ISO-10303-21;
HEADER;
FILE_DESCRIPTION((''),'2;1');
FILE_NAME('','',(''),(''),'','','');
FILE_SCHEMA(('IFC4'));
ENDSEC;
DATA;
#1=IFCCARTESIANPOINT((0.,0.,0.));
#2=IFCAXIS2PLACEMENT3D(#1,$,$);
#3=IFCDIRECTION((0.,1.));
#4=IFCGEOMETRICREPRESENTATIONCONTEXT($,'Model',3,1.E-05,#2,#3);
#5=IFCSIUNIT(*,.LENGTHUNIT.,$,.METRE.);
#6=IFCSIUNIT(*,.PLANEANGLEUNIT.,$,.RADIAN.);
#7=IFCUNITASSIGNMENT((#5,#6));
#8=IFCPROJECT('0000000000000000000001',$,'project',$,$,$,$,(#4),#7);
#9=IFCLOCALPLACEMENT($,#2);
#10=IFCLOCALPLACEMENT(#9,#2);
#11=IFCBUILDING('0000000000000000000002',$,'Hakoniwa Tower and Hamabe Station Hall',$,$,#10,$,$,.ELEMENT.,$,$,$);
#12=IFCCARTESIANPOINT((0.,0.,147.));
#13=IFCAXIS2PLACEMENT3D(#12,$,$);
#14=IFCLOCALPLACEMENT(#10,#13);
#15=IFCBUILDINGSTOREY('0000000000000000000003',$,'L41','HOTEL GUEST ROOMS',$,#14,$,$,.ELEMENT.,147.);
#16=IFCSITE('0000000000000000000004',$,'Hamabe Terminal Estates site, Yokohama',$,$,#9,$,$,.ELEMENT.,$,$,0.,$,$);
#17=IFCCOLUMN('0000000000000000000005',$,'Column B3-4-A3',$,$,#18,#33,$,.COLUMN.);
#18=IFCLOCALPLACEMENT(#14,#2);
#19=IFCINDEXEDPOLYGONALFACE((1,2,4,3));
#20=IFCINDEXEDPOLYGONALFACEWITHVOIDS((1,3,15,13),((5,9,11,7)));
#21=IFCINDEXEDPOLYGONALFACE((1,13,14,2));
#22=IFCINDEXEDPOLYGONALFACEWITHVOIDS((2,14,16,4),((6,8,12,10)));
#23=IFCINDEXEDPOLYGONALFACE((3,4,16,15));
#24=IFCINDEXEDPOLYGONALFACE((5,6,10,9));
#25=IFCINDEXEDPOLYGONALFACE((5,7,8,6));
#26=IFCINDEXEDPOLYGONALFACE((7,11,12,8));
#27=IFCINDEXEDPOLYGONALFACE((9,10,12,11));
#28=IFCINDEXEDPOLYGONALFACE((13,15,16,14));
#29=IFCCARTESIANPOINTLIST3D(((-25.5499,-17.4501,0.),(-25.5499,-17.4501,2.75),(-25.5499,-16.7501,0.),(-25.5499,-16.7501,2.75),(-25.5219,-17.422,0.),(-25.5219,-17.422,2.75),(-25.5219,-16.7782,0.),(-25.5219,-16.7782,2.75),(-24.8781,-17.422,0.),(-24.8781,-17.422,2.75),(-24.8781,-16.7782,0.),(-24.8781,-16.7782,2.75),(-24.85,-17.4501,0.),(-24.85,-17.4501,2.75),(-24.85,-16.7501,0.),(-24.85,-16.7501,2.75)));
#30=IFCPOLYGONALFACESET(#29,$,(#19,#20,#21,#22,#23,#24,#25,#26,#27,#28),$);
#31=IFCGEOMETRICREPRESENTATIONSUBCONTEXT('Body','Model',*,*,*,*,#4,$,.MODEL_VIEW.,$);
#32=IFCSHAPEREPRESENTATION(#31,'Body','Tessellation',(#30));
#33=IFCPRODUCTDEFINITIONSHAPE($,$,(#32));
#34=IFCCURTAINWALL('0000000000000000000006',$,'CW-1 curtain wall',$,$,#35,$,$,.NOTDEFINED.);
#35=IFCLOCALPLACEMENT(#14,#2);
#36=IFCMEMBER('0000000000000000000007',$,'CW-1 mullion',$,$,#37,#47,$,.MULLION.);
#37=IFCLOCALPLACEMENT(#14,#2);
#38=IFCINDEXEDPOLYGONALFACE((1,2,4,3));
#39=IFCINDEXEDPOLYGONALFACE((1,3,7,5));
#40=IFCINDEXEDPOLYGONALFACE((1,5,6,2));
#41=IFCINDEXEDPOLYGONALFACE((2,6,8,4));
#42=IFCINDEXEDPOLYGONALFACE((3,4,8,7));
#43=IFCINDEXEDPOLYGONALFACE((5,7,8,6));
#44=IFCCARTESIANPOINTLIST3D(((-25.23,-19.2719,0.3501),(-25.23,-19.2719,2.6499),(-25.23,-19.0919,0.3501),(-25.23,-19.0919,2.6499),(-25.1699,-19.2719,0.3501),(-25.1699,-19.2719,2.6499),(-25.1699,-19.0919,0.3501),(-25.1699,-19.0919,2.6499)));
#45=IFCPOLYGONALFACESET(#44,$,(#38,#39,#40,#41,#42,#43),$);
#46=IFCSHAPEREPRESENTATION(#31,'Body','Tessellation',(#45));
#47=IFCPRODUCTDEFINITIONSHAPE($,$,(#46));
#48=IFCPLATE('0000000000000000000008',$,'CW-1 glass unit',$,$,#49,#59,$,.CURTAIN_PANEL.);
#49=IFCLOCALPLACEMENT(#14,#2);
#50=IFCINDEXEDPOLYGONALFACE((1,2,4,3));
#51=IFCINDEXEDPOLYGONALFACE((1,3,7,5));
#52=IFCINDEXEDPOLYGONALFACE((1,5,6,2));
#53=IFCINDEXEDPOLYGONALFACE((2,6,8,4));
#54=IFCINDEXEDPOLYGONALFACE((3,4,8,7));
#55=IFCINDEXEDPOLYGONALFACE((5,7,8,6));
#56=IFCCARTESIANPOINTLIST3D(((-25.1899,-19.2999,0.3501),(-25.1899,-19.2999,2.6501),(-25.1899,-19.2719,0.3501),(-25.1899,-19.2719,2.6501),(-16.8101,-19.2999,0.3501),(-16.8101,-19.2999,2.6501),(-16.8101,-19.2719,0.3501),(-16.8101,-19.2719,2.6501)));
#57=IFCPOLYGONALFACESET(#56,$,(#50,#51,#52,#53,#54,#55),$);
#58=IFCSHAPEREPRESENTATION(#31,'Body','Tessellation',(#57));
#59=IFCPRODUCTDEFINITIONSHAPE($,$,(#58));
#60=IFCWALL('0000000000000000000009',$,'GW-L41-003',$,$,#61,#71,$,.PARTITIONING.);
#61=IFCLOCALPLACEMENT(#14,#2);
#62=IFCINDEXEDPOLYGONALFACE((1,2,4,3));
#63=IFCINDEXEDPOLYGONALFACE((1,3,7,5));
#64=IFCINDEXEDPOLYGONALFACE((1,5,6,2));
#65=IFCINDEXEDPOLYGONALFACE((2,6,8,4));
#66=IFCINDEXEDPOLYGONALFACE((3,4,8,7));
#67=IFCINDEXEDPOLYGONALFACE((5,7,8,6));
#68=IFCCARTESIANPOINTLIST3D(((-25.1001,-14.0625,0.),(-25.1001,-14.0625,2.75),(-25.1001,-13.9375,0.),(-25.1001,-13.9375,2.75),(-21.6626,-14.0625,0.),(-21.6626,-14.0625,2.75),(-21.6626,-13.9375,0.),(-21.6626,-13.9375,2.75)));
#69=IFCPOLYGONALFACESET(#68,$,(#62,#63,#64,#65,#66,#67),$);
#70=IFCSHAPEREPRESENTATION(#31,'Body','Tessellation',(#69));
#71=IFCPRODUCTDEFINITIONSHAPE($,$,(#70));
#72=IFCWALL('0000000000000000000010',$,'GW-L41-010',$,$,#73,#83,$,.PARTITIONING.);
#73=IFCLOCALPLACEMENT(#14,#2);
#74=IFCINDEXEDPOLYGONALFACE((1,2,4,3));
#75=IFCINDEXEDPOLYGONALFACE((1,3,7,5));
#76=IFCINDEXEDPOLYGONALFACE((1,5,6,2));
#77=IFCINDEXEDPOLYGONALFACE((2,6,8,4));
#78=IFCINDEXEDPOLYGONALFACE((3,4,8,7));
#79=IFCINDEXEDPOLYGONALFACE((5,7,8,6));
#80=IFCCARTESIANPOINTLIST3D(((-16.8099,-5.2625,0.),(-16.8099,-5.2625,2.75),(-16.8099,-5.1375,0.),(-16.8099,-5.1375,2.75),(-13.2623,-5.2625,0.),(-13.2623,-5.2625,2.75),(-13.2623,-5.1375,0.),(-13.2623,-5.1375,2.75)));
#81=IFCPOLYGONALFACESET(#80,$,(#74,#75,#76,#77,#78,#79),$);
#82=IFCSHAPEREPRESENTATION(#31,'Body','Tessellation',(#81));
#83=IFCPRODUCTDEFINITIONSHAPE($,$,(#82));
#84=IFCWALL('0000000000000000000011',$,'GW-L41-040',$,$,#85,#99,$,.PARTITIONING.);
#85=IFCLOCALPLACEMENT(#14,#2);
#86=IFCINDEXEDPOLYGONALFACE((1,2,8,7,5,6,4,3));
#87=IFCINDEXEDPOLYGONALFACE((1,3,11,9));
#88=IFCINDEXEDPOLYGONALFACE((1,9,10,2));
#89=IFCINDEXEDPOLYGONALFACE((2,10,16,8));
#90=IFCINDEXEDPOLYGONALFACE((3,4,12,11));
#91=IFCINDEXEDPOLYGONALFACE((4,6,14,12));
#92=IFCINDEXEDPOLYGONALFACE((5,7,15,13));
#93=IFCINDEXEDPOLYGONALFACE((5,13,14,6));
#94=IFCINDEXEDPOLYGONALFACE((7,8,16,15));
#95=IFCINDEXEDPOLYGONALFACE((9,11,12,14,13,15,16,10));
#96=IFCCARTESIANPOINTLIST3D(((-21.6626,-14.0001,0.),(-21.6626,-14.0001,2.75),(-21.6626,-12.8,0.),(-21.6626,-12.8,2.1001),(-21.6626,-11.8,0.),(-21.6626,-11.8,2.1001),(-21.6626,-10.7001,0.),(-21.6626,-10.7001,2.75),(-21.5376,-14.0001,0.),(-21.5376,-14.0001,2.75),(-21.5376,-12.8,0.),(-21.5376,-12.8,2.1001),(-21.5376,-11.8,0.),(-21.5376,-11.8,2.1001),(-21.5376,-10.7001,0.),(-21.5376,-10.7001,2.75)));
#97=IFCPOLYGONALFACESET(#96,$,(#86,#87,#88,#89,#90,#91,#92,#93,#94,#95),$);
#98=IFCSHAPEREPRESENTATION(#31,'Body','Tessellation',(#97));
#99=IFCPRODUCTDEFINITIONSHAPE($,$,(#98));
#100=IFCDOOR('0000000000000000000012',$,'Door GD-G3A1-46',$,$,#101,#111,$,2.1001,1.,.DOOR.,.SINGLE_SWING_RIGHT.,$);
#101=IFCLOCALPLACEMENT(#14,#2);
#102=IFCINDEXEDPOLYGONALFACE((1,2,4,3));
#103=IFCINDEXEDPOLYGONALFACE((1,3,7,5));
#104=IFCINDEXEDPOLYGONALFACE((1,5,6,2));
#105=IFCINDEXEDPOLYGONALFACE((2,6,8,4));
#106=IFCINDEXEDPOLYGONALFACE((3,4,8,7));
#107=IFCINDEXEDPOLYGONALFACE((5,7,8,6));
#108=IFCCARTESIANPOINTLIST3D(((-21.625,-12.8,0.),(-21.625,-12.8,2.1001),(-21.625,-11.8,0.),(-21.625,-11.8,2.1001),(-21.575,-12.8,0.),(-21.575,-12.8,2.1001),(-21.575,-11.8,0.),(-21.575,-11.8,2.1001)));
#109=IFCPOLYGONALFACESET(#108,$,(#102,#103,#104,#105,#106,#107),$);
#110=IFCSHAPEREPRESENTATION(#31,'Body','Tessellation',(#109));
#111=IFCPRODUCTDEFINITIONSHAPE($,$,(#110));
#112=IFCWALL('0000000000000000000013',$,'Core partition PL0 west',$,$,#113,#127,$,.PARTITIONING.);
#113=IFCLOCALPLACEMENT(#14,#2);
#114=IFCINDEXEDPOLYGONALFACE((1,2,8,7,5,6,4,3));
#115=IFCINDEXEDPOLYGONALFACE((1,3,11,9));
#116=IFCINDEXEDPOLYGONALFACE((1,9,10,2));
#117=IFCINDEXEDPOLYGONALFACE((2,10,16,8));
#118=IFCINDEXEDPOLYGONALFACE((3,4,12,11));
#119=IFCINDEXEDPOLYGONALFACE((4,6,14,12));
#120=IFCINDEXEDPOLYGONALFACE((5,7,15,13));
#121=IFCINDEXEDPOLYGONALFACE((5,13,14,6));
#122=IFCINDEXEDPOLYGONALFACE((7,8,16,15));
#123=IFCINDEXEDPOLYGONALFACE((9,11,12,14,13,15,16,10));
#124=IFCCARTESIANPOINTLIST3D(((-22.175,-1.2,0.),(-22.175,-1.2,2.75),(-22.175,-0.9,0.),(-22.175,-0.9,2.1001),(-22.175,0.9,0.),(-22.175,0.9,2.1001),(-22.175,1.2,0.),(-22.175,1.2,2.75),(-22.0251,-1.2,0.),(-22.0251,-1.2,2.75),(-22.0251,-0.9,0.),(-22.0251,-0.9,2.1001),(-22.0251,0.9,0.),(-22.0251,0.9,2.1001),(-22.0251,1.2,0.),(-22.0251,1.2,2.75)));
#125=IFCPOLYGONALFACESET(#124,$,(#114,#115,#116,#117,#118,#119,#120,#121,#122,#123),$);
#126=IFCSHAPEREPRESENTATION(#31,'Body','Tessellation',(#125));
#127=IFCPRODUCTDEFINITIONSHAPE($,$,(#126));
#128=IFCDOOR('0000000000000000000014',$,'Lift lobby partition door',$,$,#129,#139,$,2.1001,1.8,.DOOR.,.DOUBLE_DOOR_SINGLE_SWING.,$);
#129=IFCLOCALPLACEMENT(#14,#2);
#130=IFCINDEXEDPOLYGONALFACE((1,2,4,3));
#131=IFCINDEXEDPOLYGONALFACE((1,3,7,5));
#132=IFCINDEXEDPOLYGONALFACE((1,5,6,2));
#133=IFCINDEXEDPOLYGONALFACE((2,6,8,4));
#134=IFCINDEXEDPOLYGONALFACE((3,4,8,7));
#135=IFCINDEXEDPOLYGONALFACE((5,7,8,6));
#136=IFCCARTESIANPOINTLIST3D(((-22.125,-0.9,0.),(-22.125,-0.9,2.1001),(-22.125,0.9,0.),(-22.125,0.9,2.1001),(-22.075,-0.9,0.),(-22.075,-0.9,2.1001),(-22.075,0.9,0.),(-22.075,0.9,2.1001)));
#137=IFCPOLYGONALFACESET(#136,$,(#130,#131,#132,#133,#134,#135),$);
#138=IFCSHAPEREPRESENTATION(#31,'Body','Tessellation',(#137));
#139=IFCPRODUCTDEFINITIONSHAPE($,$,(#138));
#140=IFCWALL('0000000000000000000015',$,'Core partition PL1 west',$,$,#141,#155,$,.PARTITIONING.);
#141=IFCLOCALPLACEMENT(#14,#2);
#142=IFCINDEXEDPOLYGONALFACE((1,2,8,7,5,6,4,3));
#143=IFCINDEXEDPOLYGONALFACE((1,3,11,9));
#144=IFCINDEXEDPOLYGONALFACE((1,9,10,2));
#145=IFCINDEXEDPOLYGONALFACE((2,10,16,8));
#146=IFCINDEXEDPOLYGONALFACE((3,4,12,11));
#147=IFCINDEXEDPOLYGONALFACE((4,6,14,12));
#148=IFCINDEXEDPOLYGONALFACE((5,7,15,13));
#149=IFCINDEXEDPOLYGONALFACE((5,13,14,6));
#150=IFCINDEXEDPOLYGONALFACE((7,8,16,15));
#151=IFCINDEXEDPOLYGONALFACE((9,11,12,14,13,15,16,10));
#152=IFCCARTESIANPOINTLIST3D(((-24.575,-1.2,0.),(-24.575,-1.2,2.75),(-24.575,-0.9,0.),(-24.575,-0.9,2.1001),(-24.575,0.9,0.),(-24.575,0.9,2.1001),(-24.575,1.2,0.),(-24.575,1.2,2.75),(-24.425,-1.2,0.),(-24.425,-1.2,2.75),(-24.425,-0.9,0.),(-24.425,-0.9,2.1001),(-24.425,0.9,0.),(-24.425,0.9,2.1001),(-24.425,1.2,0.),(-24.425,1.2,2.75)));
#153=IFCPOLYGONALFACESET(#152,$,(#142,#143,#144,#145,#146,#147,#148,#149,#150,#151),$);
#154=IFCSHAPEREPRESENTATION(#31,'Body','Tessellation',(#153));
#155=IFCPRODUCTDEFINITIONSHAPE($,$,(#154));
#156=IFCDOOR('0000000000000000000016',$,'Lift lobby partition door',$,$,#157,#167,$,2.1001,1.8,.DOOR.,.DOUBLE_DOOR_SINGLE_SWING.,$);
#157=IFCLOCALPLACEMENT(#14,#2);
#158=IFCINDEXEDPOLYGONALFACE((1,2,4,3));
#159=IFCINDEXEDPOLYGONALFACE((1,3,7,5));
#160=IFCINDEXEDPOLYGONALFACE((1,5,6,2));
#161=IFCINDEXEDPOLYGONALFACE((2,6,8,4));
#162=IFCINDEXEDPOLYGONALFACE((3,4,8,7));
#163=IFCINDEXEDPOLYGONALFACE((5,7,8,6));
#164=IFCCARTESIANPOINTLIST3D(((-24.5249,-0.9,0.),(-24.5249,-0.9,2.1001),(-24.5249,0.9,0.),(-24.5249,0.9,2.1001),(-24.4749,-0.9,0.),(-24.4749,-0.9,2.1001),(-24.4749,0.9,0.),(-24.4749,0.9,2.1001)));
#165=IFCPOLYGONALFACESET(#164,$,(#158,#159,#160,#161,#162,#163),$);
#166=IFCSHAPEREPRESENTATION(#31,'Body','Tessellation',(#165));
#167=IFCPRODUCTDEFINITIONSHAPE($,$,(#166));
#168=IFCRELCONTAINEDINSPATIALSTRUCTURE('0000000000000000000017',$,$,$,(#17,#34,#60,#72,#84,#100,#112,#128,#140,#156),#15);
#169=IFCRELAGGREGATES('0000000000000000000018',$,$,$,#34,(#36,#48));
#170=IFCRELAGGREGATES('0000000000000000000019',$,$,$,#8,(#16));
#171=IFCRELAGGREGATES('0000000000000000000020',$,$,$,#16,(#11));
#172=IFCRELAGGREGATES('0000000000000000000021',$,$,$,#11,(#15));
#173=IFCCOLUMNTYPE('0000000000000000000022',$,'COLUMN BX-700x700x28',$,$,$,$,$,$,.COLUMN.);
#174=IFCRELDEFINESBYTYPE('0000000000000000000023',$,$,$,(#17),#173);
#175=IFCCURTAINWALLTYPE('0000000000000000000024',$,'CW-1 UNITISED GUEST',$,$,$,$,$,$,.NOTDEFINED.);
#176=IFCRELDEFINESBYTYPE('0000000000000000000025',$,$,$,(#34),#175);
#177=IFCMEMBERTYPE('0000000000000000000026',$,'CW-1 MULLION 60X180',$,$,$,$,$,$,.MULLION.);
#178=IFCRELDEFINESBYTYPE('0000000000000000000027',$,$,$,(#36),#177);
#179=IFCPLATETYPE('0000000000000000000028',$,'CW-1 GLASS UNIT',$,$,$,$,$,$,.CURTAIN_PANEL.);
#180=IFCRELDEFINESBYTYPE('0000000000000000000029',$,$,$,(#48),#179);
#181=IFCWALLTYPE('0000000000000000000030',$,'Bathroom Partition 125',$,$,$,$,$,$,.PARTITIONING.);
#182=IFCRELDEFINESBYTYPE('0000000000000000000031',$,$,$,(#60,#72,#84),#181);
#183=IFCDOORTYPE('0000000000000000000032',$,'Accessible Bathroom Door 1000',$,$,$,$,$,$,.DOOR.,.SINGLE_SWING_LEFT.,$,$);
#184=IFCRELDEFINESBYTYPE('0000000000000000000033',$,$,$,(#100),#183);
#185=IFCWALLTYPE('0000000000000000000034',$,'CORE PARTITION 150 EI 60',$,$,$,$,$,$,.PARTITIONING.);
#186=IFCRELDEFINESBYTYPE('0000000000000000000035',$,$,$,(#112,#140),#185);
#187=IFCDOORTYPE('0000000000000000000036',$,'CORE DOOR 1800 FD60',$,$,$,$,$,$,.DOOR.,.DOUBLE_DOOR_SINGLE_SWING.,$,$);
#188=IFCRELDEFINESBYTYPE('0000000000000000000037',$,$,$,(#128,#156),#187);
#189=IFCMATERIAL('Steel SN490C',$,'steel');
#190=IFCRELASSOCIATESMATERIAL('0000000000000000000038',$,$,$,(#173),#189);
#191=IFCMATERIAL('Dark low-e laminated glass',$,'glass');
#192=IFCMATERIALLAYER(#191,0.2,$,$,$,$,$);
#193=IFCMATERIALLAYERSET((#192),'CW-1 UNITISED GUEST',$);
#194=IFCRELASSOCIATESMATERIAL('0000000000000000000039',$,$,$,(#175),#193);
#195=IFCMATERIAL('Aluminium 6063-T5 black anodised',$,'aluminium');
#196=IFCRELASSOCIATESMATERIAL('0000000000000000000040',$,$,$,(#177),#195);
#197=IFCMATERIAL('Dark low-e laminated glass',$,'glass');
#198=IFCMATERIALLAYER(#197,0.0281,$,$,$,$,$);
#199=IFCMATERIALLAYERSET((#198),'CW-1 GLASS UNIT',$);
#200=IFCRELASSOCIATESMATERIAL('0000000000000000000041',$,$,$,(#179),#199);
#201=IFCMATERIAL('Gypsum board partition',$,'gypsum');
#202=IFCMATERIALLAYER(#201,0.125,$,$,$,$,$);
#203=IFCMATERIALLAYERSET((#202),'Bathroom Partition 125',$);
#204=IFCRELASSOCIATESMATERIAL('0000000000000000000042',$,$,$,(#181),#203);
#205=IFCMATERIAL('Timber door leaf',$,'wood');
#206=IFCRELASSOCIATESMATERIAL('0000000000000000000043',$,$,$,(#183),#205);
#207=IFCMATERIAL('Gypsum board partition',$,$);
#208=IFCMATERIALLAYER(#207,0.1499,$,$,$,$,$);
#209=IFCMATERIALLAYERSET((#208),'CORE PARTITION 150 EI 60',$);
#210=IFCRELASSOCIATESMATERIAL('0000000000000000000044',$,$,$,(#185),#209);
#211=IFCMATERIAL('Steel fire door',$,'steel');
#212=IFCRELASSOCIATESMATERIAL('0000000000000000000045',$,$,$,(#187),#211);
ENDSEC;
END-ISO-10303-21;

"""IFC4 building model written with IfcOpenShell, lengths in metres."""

from ifc_helpers import new_model, si_unit, direction, frame, frame_2d, origin, origin_2d, place, context, subcontext, project, spatial, rectangle, hollow_rectangle, extrude, material, layer, layer_set, material_profile, profile_set, type_object, element, fill, aggregate, save


model = new_model("IFC4")

# Units and contexts
model_context = context("Model", 3, precision=1e-05, world=origin(), true_north=direction((0.0, 1.0)))
body_context = subcontext(model_context, "Body", "Model", "MODEL_VIEW")
ifc_project = project(units=[si_unit("LENGTHUNIT", "METRE"), si_unit("PLANEANGLEUNIT", "RADIAN")], contexts=[model_context])

# Site, building, storey
site_placement = place(None, origin())
site = spatial("IfcSite", under=ifc_project, at=site_placement, Name="Hamabe Terminal Estates site, Yokohama", CompositionType="ELEMENT", RefElevation=0.0)
building_placement = place(site_placement, origin())
building = spatial("IfcBuilding", under=site, at=building_placement, Name="Hakoniwa Tower and Hamabe Station Hall", CompositionType="ELEMENT")
storey_placement = place(building_placement, frame((0.0, 0.0, 147.0)))
storey = spatial("IfcBuildingStorey", under=building, at=storey_placement, Name="L41", Description="HOTEL GUEST ROOMS", CompositionType="ELEMENT", Elevation=147.0)

# Column
ifc_material_1 = material(Name="Steel SN490C", Category="steel")
ifc_material_profile_1 = material_profile(ifc_material_1, hollow_rectangle(XDim=0.7, YDim=0.7, WallThickness=0.0281, at=origin_2d()), Name="BX-700x700x28")
ifc_profile_set_1 = profile_set([ifc_material_profile_1], Name="Steel SN490C")
column_type = type_object("IfcColumnType", Name="COLUMN BX-700x700x28", PredefinedType="COLUMN", material=ifc_profile_set_1)
column_placement = place(storey_placement, frame((-25.2, -17.1001, 0.0), z_axis=(0.0, 0.0, 1.0), x_axis=(1.0, 0.0, 0.0)))
element("IfcColumn", 1, at=column_placement, inside=storey, type_object=column_type, Name="Column B3-4-A3", PredefinedType="COLUMN", context=body_context, shape_type="SweptSolid", body=[
    extrude(hollow_rectangle(XDim=0.7, YDim=0.7, WallThickness=0.0281, at=origin_2d()), origin(), (0.0, 0.0, 1.0), 2.75),
])

# Curtain wall, member, plate
ifc_material_2 = material(Name="Dark low-e laminated glass", Category="glass")
ifc_layer_1 = layer(ifc_material_2, 0.2)
ifc_layer_set_1 = layer_set([ifc_layer_1], Name="CW-1 UNITISED GUEST")
curtain_wall_type = type_object("IfcCurtainWallType", Name="CW-1 UNITISED GUEST", PredefinedType="NOTDEFINED", material=ifc_layer_set_1)
curtain_wall_placement = place(storey_placement, origin())
curtain_wall = element("IfcCurtainWall", 2, at=curtain_wall_placement, inside=storey, type_object=curtain_wall_type, Name="CW-1 curtain wall", PredefinedType="NOTDEFINED")
ifc_material_3 = material(Name="Aluminium 6063-T5 black anodised", Category="aluminium")
ifc_material_profile_2 = material_profile(ifc_material_3, rectangle(XDim=0.0601, YDim=0.1799, at=origin_2d()), Name="CW-1 MULLION 60X180")
ifc_profile_set_2 = profile_set([ifc_material_profile_2], Name="Aluminium 6063-T5 black anodised")
member_type = type_object("IfcMemberType", Name="CW-1 MULLION 60X180", PredefinedType="MULLION", material=ifc_profile_set_2)
member_placement = place(storey_placement, frame((-25.2, -19.1819, 0.3501), z_axis=(0.0, 0.0, 1.0), x_axis=(1.0, 0.0, 0.0)))
member = element("IfcMember", 3, at=member_placement, type_object=member_type, Name="CW-1 mullion", PredefinedType="MULLION", context=body_context, shape_type="SweptSolid", body=[
    extrude(rectangle(XDim=0.0601, YDim=0.1799, at=origin_2d()), origin(), (0.0, 0.0, 1.0), 2.2998),
])
ifc_material_4 = material(Name="Dark low-e laminated glass", Category="glass")
ifc_layer_2 = layer(ifc_material_4, 0.0281)
ifc_layer_set_2 = layer_set([ifc_layer_2], Name="CW-1 GLASS UNIT")
plate_type = type_object("IfcPlateType", Name="CW-1 GLASS UNIT", PredefinedType="CURTAIN_PANEL", material=ifc_layer_set_2)
plate_placement = place(storey_placement, frame((-21.0, -19.2859, 0.3501), z_axis=(0.0, 0.0, 1.0), x_axis=(1.0, 0.0, 0.0)))
plate = element("IfcPlate", 4, at=plate_placement, type_object=plate_type, Name="CW-1 glass unit", PredefinedType="CURTAIN_PANEL", context=body_context, shape_type="SweptSolid", body=[
    extrude(rectangle(XDim=8.3799, YDim=0.0281, at=origin_2d()), origin(), (0.0, 0.0, 1.0), 2.3),
])
aggregate(curtain_wall, [member, plate])

# Walls
ifc_material_5 = material(Name="Gypsum board partition", Category="gypsum")
ifc_layer_3 = layer(ifc_material_5, 0.125)
ifc_layer_set_3 = layer_set([ifc_layer_3], Name="Bathroom Partition 125")
wall_type_1 = type_object("IfcWallType", Name="Bathroom Partition 125", PredefinedType="PARTITIONING", material=ifc_layer_set_3)
wall_1_placement = place(storey_placement, frame((-25.1001, -14.0, 0.0), z_axis=(0.0, 0.0, 1.0), x_axis=(1.0, 0.0, 0.0)))
element("IfcWall", 5, at=wall_1_placement, inside=storey, type_object=wall_type_1, Name="GW-L41-003", PredefinedType="PARTITIONING", context=body_context, shape_type="SweptSolid", body=[
    extrude(rectangle(XDim=3.4375, YDim=0.125, at=frame_2d((1.7188, 0.0))), origin(), (0.0, 0.0, 1.0), 2.75),
])
wall_2_placement = place(storey_placement, frame((-16.8101, -5.2, 0.0), z_axis=(0.0, 0.0, 1.0), x_axis=(1.0, 0.0, 0.0)))
element("IfcWall", 6, at=wall_2_placement, inside=storey, type_object=wall_type_1, Name="GW-L41-010", PredefinedType="PARTITIONING", context=body_context, shape_type="SweptSolid", body=[
    extrude(rectangle(XDim=3.5476, YDim=0.125, at=frame_2d((1.7739, 0.0))), origin(), (0.0, 0.0, 1.0), 2.75),
])

# Walls, openings, doors
wall_3_placement = place(storey_placement, frame((-21.6001, -14.0, 0.0), z_axis=(0.0, 0.0, 1.0), x_axis=(0.0, 1.0, 0.0)))
wall_3 = element("IfcWall", 7, at=wall_3_placement, inside=storey, type_object=wall_type_1, Name="GW-L41-040", PredefinedType="PARTITIONING", context=body_context, shape_type="SweptSolid", body=[
    extrude(rectangle(XDim=3.3, YDim=0.125, at=frame_2d((1.6499, 0.0))), origin(), (0.0, 0.0, 1.0), 2.75),
])
opening_1_placement = place(wall_3_placement, frame((1.2, 0.0, 0.0)))
opening_1 = element("IfcOpeningElement", 8, at=opening_1_placement, cuts=wall_3, PredefinedType="OPENING", context=body_context, shape_type="SweptSolid", body=[
    extrude(rectangle(XDim=1.0, YDim=2.1001, at=frame_2d((0.5, 1.05))), frame((0.0, 0.0725, 0.0), z_axis=(0.0, -1.0, 0.0), x_axis=(1.0, 0.0, 0.0)), (0.0, 0.0, 1.0), 0.145),
])
ifc_material_6 = material(Name="Timber door leaf", Category="wood")
door_type_1 = type_object("IfcDoorType", Name="Accessible Bathroom Door 1000", OperationType="SINGLE_SWING_LEFT", PredefinedType="DOOR", material=ifc_material_6)
door_1_placement = place(opening_1_placement, origin())
door_1 = element("IfcDoor", 9, at=door_1_placement, inside=storey, type_object=door_type_1, Name="Door GD-G3A1-46", OperationType="SINGLE_SWING_RIGHT", OverallHeight=2.1001, OverallWidth=1.0, PredefinedType="DOOR", context=body_context, shape_type="SweptSolid", body=[
    extrude(rectangle(XDim=1.0, YDim=2.1001, at=frame_2d((0.5, 1.05))), frame((0.0, 0.0249, 0.0), z_axis=(0.0, -1.0, 0.0), x_axis=(1.0, 0.0, 0.0)), (0.0, 0.0, 1.0), 0.05),
])
fill(opening_1, door_1)
ifc_material_7 = material(Name="Gypsum board partition")
ifc_layer_4 = layer(ifc_material_7, 0.1499)
ifc_layer_set_4 = layer_set([ifc_layer_4], Name="CORE PARTITION 150 EI 60")
wall_type_2 = type_object("IfcWallType", Name="CORE PARTITION 150 EI 60", PredefinedType="PARTITIONING", material=ifc_layer_set_4)
wall_4_placement = place(storey_placement, frame((-22.1001, -1.2, 0.0), z_axis=(0.0, 0.0, 1.0), x_axis=(0.0, 1.0, 0.0)))
wall_4 = element("IfcWall", 10, at=wall_4_placement, inside=storey, type_object=wall_type_2, Name="Core partition PL0 west", PredefinedType="PARTITIONING", context=body_context, shape_type="SweptSolid", body=[
    extrude(rectangle(XDim=2.3999, YDim=0.1499, at=frame_2d((1.2, 0.0))), origin(), (0.0, 0.0, 1.0), 2.75),
])
opening_2_placement = place(wall_4_placement, frame((0.3, 0.0, 0.0)))
opening_2 = element("IfcOpeningElement", 11, at=opening_2_placement, cuts=wall_4, PredefinedType="OPENING", context=body_context, shape_type="SweptSolid", body=[
    extrude(rectangle(XDim=1.8, YDim=2.1001, at=frame_2d((0.8999, 1.05))), frame((0.0, 0.085, 0.0), z_axis=(0.0, -1.0, 0.0), x_axis=(1.0, 0.0, 0.0)), (0.0, 0.0, 1.0), 0.1699),
])
ifc_material_8 = material(Name="Steel fire door", Category="steel")
door_type_2 = type_object("IfcDoorType", Name="CORE DOOR 1800 FD60", OperationType="DOUBLE_DOOR_SINGLE_SWING", PredefinedType="DOOR", material=ifc_material_8)
door_2_placement = place(opening_2_placement, origin())
door_2 = element("IfcDoor", 12, at=door_2_placement, inside=storey, type_object=door_type_2, Name="Lift lobby partition door", OperationType="DOUBLE_DOOR_SINGLE_SWING", OverallHeight=2.1001, OverallWidth=1.8, PredefinedType="DOOR", context=body_context, shape_type="SweptSolid", body=[
    extrude(rectangle(XDim=1.8, YDim=2.1001, at=frame_2d((0.8999, 1.05))), frame((0.0, 0.0249, 0.0), z_axis=(0.0, -1.0, 0.0), x_axis=(1.0, 0.0, 0.0)), (0.0, 0.0, 1.0), 0.05),
])
fill(opening_2, door_2)
wall_5_placement = place(storey_placement, frame((-24.5, -1.2, 0.0), z_axis=(0.0, 0.0, 1.0), x_axis=(0.0, 1.0, 0.0)))
wall_5 = element("IfcWall", 13, at=wall_5_placement, inside=storey, type_object=wall_type_2, Name="Core partition PL1 west", PredefinedType="PARTITIONING", context=body_context, shape_type="SweptSolid", body=[
    extrude(rectangle(XDim=2.3999, YDim=0.1499, at=frame_2d((1.2, 0.0))), origin(), (0.0, 0.0, 1.0), 2.75),
])
opening_3_placement = place(wall_5_placement, frame((0.3, 0.0, 0.0)))
opening_3 = element("IfcOpeningElement", 14, at=opening_3_placement, cuts=wall_5, PredefinedType="OPENING", context=body_context, shape_type="SweptSolid", body=[
    extrude(rectangle(XDim=1.8, YDim=2.1001, at=frame_2d((0.8999, 1.05))), frame((0.0, 0.085, 0.0), z_axis=(0.0, -1.0, 0.0), x_axis=(1.0, 0.0, 0.0)), (0.0, 0.0, 1.0), 0.1699),
])
door_3_placement = place(opening_3_placement, origin())
door_3 = element("IfcDoor", 15, at=door_3_placement, inside=storey, type_object=door_type_2, Name="Lift lobby partition door", OperationType="DOUBLE_DOOR_SINGLE_SWING", OverallHeight=2.1001, OverallWidth=1.8, PredefinedType="DOOR", context=body_context, shape_type="SweptSolid", body=[
    extrude(rectangle(XDim=1.8, YDim=2.1001, at=frame_2d((0.8999, 1.05))), frame((0.0, 0.0249, 0.0), z_axis=(0.0, -1.0, 0.0), x_axis=(1.0, 0.0, 0.0)), (0.0, 0.0, 1.0), 0.05),
])
fill(opening_3, door_3)

save(model, "model.ifc")
